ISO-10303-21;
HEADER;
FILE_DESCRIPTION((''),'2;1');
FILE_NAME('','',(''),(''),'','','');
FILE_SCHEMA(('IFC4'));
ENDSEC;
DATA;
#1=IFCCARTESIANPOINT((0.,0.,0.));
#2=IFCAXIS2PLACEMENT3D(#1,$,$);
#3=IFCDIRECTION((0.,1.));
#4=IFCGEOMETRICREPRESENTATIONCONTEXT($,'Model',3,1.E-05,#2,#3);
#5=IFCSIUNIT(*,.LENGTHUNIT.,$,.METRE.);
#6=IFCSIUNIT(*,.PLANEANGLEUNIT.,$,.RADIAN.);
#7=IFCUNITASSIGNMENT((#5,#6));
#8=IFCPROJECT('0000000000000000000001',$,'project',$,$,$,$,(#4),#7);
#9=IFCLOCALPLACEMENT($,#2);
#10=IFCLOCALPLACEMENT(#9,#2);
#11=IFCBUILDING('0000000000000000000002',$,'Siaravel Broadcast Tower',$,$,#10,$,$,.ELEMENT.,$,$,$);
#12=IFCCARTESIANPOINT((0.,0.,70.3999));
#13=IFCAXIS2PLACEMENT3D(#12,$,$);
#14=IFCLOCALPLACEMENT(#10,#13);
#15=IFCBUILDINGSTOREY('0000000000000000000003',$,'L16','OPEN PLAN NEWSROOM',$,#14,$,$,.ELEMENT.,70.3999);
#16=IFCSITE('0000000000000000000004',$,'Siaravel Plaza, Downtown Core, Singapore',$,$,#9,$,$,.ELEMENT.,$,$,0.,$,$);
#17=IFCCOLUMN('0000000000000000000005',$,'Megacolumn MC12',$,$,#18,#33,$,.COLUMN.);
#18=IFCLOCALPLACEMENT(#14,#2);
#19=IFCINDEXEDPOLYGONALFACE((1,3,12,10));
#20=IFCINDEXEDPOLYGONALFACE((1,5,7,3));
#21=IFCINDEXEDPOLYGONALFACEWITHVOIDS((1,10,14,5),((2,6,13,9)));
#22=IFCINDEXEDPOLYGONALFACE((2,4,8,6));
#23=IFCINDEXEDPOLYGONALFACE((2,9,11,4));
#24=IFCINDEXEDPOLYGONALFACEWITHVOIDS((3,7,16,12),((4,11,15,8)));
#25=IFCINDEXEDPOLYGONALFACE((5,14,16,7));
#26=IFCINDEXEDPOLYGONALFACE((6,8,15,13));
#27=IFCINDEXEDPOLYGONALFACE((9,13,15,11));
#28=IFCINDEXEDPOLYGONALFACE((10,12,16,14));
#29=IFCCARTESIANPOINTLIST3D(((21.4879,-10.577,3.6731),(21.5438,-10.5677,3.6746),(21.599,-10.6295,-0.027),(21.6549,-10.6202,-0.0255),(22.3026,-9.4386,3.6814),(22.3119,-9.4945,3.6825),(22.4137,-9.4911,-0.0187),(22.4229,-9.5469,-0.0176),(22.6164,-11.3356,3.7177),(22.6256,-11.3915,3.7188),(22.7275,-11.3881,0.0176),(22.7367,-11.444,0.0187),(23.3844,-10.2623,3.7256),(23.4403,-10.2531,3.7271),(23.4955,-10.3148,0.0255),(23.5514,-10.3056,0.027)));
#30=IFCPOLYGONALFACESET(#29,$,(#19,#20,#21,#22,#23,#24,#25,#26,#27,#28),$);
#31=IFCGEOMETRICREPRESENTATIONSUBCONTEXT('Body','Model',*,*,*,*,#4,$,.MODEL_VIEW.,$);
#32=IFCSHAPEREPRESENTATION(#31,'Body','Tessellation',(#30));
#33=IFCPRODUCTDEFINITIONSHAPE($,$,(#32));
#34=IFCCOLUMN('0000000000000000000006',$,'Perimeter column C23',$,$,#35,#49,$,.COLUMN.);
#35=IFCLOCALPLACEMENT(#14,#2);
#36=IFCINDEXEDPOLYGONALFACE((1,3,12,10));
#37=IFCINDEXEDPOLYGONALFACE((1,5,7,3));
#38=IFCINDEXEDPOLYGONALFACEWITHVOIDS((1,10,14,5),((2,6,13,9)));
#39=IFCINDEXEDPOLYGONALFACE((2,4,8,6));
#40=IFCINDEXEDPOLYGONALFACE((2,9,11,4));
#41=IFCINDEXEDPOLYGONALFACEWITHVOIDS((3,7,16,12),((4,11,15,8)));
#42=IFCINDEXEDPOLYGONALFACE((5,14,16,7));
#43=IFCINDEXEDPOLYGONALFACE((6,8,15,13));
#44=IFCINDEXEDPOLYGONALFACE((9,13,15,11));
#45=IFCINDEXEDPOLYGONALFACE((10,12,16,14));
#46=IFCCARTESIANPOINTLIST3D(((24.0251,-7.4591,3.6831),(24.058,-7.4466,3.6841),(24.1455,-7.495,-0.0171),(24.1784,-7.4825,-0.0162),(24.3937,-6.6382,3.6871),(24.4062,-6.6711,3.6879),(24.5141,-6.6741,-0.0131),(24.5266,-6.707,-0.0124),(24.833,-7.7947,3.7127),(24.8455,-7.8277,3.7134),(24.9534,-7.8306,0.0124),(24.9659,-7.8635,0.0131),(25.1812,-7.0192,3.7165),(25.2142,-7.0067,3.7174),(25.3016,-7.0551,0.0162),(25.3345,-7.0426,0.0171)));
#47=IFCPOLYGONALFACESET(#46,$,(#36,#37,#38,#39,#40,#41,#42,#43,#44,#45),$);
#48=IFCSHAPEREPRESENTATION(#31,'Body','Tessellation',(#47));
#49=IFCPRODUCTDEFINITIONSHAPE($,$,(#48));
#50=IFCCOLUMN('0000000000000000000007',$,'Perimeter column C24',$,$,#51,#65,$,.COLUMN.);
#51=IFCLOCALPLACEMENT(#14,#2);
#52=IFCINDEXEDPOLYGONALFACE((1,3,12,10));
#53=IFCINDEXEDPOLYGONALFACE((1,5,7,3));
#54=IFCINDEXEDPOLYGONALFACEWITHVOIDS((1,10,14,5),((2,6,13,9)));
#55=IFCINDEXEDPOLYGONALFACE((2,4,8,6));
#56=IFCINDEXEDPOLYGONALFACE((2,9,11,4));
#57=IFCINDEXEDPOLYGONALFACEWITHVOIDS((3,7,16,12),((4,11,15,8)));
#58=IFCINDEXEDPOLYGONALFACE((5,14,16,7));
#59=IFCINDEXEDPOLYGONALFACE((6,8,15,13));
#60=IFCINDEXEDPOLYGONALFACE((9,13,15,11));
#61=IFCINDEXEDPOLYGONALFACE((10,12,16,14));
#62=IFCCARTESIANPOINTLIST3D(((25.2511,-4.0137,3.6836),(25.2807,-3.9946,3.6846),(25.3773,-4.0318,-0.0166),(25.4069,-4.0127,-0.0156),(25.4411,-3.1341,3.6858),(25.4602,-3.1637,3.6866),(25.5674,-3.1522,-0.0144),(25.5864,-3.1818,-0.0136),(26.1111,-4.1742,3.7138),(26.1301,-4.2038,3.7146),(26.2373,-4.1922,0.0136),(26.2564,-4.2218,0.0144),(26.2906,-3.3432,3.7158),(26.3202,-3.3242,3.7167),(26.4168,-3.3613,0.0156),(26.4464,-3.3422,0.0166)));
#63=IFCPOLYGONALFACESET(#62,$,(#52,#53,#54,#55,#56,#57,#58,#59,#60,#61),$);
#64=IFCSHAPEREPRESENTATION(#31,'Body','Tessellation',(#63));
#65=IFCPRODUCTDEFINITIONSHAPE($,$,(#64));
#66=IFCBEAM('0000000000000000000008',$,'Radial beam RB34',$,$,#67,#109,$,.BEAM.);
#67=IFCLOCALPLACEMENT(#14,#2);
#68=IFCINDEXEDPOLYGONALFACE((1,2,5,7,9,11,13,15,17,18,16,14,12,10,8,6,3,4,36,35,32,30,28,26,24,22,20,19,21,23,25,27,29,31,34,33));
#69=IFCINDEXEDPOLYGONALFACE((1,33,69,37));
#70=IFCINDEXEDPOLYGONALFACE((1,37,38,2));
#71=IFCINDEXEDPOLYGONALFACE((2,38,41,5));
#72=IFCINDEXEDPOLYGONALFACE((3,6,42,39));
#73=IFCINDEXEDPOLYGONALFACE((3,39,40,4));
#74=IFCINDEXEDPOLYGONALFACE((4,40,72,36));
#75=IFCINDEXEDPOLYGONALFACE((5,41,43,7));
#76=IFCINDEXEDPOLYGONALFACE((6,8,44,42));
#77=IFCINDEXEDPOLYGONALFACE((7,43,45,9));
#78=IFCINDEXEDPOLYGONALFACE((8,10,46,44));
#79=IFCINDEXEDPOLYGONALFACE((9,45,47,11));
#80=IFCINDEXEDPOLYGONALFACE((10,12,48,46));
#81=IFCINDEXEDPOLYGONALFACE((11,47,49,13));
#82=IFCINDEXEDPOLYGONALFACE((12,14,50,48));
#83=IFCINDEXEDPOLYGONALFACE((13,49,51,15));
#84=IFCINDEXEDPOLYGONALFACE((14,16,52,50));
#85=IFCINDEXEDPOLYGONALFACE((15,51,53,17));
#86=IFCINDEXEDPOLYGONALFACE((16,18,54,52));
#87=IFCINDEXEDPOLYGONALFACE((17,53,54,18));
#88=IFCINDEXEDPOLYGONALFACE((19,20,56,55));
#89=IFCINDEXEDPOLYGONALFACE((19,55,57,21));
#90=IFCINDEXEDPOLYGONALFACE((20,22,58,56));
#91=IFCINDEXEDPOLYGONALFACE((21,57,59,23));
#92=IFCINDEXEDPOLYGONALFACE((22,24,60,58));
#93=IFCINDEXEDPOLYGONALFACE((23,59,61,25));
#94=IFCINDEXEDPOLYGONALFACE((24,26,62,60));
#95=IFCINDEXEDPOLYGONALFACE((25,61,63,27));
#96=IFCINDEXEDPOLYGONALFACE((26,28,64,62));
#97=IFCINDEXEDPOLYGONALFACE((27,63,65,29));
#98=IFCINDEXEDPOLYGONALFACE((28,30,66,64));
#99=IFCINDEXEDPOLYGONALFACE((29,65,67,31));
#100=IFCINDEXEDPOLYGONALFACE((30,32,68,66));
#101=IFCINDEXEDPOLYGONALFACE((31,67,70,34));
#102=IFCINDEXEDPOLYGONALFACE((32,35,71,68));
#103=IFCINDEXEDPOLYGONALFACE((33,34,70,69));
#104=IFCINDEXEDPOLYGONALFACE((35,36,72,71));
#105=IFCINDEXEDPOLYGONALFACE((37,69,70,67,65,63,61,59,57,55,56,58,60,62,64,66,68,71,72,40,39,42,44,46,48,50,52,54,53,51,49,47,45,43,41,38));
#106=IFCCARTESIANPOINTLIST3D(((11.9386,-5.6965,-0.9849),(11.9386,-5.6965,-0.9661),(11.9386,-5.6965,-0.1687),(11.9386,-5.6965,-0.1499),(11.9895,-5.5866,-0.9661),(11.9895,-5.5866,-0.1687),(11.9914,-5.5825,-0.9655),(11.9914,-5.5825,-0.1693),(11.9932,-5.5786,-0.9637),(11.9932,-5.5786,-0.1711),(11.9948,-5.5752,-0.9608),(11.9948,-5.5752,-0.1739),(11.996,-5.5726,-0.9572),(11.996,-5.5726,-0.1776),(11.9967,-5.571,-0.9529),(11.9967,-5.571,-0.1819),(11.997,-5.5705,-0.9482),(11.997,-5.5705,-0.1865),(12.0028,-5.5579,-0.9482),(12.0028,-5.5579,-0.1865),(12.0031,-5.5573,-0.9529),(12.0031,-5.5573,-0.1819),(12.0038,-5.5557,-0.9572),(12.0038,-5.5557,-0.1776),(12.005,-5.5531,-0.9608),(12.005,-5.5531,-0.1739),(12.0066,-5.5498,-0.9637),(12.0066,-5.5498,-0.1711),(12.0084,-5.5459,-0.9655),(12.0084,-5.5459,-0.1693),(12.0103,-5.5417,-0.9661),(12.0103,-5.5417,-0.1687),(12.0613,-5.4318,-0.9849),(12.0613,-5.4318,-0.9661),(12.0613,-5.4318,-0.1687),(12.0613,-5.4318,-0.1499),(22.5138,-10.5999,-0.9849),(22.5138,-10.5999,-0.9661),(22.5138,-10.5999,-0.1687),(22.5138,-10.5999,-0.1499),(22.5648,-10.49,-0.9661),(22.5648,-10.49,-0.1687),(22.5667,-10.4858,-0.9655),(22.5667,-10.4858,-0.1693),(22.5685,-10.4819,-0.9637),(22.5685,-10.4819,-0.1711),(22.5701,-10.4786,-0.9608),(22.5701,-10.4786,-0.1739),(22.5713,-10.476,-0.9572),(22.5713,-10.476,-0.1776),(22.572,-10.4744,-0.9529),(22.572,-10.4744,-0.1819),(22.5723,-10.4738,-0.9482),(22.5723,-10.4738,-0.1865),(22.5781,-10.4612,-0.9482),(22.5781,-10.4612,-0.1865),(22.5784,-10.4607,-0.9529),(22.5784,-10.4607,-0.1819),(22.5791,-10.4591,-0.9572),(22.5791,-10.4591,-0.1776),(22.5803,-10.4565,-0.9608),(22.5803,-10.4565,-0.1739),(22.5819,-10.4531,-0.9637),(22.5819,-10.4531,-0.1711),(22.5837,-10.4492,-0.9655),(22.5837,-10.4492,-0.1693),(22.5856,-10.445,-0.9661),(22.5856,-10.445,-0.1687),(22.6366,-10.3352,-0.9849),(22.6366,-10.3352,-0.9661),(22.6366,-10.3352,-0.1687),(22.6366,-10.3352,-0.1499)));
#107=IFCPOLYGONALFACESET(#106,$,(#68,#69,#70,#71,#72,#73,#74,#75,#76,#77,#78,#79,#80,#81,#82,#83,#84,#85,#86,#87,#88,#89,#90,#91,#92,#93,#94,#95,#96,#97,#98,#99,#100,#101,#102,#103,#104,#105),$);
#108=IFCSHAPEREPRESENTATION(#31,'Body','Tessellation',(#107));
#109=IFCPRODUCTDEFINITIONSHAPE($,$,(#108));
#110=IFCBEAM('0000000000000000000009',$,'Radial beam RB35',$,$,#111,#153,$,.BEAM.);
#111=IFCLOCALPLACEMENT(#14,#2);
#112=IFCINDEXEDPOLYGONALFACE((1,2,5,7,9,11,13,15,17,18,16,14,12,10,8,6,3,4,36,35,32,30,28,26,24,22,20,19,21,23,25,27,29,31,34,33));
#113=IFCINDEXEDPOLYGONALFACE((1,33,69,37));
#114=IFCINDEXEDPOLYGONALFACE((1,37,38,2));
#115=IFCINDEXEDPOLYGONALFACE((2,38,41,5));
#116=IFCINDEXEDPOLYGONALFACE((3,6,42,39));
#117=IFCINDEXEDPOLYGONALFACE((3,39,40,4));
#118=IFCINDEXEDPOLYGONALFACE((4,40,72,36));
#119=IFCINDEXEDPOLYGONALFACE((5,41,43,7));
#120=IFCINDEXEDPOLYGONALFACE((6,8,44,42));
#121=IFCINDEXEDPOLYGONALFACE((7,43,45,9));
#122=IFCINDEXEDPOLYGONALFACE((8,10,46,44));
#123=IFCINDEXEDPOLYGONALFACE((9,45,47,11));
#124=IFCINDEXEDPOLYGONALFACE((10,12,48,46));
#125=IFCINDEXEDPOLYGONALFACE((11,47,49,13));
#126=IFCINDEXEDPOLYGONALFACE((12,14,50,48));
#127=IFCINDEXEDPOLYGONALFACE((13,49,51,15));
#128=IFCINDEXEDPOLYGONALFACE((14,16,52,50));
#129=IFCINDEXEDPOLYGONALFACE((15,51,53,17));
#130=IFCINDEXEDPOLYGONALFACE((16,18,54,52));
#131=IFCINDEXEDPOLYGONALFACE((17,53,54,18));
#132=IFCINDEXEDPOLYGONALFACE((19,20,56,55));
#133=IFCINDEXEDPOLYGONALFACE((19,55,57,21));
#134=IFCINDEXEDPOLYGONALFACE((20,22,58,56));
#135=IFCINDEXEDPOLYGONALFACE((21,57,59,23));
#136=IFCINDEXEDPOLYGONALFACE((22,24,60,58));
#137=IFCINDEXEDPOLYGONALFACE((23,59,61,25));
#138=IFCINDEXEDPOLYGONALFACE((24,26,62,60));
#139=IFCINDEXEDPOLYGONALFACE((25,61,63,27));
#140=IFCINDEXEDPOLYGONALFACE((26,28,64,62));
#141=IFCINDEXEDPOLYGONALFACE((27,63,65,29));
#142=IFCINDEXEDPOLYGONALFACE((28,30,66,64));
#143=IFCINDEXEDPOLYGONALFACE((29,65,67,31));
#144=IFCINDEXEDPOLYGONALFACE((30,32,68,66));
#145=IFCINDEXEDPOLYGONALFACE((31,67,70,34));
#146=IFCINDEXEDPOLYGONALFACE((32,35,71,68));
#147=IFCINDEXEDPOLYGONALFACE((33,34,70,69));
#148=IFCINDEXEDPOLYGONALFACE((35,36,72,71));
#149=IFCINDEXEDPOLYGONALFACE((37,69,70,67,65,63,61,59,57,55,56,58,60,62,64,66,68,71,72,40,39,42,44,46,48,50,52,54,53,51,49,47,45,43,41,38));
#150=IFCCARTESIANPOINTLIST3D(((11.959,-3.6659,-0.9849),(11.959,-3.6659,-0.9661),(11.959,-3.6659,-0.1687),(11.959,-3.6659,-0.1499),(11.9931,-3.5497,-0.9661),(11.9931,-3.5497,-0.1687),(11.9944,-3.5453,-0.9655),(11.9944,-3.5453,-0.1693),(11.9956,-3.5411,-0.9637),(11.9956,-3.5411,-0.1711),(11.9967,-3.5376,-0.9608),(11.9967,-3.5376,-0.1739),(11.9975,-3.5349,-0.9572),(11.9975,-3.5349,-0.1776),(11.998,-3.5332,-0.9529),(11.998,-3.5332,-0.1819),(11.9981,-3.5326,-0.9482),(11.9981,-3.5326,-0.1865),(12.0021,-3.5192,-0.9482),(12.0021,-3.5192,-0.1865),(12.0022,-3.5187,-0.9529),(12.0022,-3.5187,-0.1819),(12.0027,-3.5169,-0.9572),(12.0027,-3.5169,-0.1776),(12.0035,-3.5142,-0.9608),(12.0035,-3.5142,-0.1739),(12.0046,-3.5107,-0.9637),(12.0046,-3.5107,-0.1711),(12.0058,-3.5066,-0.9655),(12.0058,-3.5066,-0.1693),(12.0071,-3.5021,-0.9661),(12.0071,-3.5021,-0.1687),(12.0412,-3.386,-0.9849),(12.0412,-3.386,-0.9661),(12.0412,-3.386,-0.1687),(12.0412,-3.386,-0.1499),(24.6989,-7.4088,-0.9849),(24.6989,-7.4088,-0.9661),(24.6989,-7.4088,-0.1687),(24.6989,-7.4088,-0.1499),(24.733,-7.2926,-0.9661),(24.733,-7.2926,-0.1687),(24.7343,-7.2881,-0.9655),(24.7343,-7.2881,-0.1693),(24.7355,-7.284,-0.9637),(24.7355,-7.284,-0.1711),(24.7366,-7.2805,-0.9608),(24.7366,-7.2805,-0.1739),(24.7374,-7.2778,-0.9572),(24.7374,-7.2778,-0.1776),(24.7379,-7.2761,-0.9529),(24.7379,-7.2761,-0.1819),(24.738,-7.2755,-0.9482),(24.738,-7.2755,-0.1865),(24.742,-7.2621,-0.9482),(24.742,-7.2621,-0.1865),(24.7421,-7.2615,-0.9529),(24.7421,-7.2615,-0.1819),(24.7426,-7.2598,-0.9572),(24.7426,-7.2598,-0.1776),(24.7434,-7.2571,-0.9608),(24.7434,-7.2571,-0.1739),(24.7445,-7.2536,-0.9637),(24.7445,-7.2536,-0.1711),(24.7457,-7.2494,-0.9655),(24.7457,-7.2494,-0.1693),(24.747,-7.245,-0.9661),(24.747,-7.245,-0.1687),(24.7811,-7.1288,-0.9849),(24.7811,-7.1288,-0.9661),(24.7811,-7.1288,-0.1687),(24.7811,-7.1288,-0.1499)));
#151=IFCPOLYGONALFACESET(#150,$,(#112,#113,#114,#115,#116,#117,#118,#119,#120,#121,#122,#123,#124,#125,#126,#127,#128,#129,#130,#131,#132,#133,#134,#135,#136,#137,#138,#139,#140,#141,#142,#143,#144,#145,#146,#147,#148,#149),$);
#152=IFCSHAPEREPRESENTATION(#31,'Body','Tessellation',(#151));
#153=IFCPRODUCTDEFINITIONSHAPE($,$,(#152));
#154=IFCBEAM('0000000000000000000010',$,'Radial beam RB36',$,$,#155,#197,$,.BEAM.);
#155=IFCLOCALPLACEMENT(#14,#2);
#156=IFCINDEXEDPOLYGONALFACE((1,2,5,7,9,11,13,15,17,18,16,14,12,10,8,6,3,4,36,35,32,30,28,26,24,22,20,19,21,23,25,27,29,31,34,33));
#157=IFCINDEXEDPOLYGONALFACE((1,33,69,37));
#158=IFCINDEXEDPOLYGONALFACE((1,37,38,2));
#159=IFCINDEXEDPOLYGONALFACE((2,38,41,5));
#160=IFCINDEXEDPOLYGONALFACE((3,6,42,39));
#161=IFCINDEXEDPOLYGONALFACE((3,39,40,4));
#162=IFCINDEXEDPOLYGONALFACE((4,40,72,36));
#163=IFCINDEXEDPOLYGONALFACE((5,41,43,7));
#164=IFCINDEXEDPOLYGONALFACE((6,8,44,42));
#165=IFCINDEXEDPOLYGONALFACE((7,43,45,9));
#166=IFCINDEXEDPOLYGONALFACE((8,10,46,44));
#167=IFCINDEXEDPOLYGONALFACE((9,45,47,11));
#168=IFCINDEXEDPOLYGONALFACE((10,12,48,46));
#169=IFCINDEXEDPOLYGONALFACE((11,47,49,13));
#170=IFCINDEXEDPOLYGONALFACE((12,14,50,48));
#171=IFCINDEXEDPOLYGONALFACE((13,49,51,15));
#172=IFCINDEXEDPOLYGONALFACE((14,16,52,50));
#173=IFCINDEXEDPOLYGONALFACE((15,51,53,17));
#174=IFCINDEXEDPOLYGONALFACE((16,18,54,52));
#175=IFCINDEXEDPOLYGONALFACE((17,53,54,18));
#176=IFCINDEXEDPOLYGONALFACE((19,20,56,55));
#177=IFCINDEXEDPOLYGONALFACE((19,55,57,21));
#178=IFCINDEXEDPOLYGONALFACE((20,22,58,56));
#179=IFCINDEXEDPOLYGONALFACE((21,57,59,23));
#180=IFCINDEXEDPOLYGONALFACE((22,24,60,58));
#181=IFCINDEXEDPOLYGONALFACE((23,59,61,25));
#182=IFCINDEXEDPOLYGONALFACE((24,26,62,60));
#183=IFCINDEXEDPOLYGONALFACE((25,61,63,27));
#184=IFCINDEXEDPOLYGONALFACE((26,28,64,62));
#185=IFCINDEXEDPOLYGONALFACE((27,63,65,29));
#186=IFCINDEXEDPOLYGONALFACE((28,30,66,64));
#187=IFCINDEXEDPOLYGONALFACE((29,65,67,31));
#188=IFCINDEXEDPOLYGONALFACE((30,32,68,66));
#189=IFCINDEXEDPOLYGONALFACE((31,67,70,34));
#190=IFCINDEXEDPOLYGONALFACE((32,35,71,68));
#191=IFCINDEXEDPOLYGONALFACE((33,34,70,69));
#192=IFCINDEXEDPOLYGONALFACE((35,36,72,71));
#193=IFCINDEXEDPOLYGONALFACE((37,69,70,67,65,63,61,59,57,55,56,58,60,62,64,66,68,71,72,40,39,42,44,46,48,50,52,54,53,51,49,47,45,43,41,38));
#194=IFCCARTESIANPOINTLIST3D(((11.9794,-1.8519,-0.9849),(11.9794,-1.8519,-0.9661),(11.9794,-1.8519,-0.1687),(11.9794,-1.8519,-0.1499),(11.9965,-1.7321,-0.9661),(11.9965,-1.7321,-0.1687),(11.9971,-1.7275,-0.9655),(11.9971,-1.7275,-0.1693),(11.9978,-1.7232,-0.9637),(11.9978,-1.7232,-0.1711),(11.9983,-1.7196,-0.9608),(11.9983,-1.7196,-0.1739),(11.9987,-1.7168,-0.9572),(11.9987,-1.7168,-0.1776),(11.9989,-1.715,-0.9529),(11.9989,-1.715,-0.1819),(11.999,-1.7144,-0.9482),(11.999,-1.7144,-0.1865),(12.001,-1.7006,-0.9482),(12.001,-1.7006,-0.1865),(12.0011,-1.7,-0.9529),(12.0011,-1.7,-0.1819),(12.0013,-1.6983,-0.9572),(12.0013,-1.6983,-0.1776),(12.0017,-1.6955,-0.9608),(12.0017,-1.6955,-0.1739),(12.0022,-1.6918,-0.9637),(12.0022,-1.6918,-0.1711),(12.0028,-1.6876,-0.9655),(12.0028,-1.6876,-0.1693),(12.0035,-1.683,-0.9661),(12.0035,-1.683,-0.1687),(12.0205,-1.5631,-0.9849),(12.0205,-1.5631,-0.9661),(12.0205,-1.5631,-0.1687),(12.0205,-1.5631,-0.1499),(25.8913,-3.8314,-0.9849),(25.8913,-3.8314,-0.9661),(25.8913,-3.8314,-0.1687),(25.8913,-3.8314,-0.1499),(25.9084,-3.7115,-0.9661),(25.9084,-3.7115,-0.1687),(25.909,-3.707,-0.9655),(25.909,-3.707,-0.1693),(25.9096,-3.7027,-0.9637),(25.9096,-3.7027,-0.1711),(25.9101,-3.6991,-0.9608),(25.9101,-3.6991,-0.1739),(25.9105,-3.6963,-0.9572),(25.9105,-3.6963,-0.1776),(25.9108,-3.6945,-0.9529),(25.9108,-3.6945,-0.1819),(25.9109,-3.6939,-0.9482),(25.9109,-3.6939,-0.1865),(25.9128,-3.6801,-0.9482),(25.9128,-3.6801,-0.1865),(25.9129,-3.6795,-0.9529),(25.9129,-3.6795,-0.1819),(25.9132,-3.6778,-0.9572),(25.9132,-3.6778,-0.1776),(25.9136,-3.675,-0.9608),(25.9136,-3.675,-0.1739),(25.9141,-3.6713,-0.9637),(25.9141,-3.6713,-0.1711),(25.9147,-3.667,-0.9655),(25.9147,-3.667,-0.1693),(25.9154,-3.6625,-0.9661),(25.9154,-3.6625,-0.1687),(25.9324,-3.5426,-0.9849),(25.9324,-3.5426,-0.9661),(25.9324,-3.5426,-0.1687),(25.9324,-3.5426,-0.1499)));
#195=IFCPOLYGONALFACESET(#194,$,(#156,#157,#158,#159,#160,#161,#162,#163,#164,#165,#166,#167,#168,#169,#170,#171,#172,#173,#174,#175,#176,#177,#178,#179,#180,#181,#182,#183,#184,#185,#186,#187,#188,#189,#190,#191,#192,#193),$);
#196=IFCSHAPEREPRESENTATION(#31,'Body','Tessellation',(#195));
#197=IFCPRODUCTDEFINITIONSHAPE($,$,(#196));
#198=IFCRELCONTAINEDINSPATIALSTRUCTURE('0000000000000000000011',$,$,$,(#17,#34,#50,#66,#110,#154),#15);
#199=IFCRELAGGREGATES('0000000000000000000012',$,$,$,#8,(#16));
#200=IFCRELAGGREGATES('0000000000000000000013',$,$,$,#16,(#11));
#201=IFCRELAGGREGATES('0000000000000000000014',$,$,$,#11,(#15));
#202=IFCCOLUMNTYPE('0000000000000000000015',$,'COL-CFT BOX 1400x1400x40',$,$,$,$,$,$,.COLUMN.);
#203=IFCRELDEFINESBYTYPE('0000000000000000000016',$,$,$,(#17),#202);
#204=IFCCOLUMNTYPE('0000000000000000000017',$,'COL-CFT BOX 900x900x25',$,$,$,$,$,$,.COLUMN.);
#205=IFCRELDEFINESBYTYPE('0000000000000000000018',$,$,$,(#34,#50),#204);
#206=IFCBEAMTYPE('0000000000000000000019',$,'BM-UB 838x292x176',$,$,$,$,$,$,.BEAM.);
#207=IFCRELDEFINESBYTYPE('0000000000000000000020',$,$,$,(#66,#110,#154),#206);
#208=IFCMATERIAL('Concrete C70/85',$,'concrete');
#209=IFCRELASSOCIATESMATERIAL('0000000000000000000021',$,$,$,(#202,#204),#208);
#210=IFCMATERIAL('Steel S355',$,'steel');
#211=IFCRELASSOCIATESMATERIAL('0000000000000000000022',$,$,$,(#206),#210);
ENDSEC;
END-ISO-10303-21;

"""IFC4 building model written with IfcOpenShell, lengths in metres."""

from ifc_helpers import new_model, si_unit, direction, frame, origin, origin_2d, place, context, subcontext, project, spatial, hollow_rectangle, i_section, extrude, material, material_profile, profile_set, type_object, element, save


model = new_model("IFC4")

# Units and contexts
model_context = context("Model", 3, precision=1e-05, world=origin(), true_north=direction((0.0, 1.0)))
body_context = subcontext(model_context, "Body", "Model", "MODEL_VIEW")
ifc_project = project(units=[si_unit("LENGTHUNIT", "METRE"), si_unit("PLANEANGLEUNIT", "RADIAN")], contexts=[model_context])

# Site, building, storey
site_placement = place(None, origin())
site = spatial("IfcSite", under=ifc_project, at=site_placement, Name="Siaravel Plaza, Downtown Core, Singapore", CompositionType="ELEMENT", RefElevation=0.0)
building_placement = place(site_placement, origin())
building = spatial("IfcBuilding", under=site, at=building_placement, Name="Siaravel Broadcast Tower", CompositionType="ELEMENT")
storey_placement = place(building_placement, frame((0.0, 0.0, 70.3999)))
storey = spatial("IfcBuildingStorey", under=building, at=storey_placement, Name="L16", Description="OPEN PLAN NEWSROOM", CompositionType="ELEMENT", Elevation=70.3999)

# Columns
ifc_material_1 = material(Name="Concrete C70/85", Category="concrete")
ifc_material_profile_1 = material_profile(ifc_material_1, hollow_rectangle(XDim=1.3999, YDim=1.3999, WallThickness=0.04, at=origin_2d()))
ifc_profile_set_1 = profile_set([ifc_material_profile_1], Name="Concrete C70/85")
column_type_1 = type_object("IfcColumnType", Name="COL-CFT BOX 1400x1400x40", PredefinedType="COLUMN", material=ifc_profile_set_1)
column_placement = place(storey_placement, frame((22.5752, -10.4675, 0.0), z_axis=(-0.030005, 0.014178, 0.999449), x_axis=(-0.581949, -0.813204, -0.005935)))
element("IfcColumn", 1, at=column_placement, inside=storey, type_object=column_type_1, Name="Megacolumn MC12", PredefinedType="COLUMN", context=body_context, shape_type="SweptSolid", body=[
    extrude(hollow_rectangle(XDim=1.3999, YDim=1.3999, WallThickness=0.04, at=origin_2d()), origin(), (0.0, 0.0, 1.0), 3.7021),
])
ifc_material_profile_2 = material_profile(ifc_material_1, hollow_rectangle(XDim=0.8999, YDim=0.8999, WallThickness=0.0249, at=origin_2d()))
ifc_profile_set_2 = profile_set([ifc_material_profile_2], Name="Concrete C70/85")
column_type_2 = type_object("IfcColumnType", Name="COL-CFT BOX 900x900x25", PredefinedType="COLUMN", material=ifc_profile_set_2)
for number, where, z_axis, x_axis, name in (
    (2, (24.74, -7.2688, 0.0), (-0.03251, 0.009694, 0.999424), (-0.409647, -0.912233, -0.004477), "Perimeter column C23"),
    (3, (25.9119, -3.687, 0.0), (-0.034092, 0.00488, 0.999407), (-0.211209, -0.977438, -0.002432), "Perimeter column C24"),
):
    element("IfcColumn", number, at=place(storey_placement, frame(where, z_axis=z_axis, x_axis=x_axis)), inside=storey, type_object=column_type_2, Name=name, PredefinedType="COLUMN", context=body_context, shape_type="SweptSolid", body=[
        extrude(hollow_rectangle(XDim=0.8999, YDim=0.8999, WallThickness=0.0249, at=origin_2d()), origin(), (0.0, 0.0, 1.0), 3.7024),
    ])

# Beams
ifc_material_2 = material(Name="Steel S355", Category="steel")
ifc_material_profile_3 = material_profile(ifc_material_2, i_section(OverallWidth=0.2917, OverallDepth=0.835, WebThickness=0.0139, FlangeThickness=0.0188, FilletRadius=0.0178, at=origin_2d()))
ifc_profile_set_3 = profile_set([ifc_material_profile_3], Name="Steel S355")
beam_type = type_object("IfcBeamType", Name="BM-UB 838x292x176", PredefinedType="BEAM", material=ifc_profile_set_3)
beam_1_placement = place(storey_placement, frame((22.5752, -10.4675, -0.5674), z_axis=(-0.907225, 0.420646, 0.0), x_axis=(-0.420646, -0.907225, 0.0)))
element("IfcBeam", 4, at=beam_1_placement, inside=storey, type_object=beam_type, Name="Radial beam RB34", PredefinedType="BEAM", context=body_context, shape_type="SweptSolid", body=[
    extrude(i_section(OverallWidth=0.2917, OverallDepth=0.835, WebThickness=0.0139, FlangeThickness=0.0188, FilletRadius=0.0178, at=origin_2d()), origin(), (0.0, 0.0, 1.0), 11.6567),
])
beam_2_placement = place(storey_placement, frame((24.74, -7.2688, -0.5674), z_axis=(-0.95945, 0.28188, 0.0), x_axis=(-0.28188, -0.95945, 0.0)))
element("IfcBeam", 5, at=beam_2_placement, inside=storey, type_object=beam_type, Name="Radial beam RB35", PredefinedType="BEAM", context=body_context, shape_type="SweptSolid", body=[
    extrude(i_section(OverallWidth=0.2917, OverallDepth=0.835, WebThickness=0.0139, FlangeThickness=0.0188, FilletRadius=0.0178, at=origin_2d()), origin(), (0.0, 0.0, 1.0), 13.2783),
])
beam_3_placement = place(storey_placement, frame((25.9119, -3.687, -0.5674), z_axis=(-0.990028, 0.140869, 0.0), x_axis=(-0.140869, -0.990028, 0.0)))
element("IfcBeam", 6, at=beam_3_placement, inside=storey, type_object=beam_type, Name="Radial beam RB36", PredefinedType="BEAM", context=body_context, shape_type="SweptSolid", body=[
    extrude(i_section(OverallWidth=0.2917, OverallDepth=0.835, WebThickness=0.0139, FlangeThickness=0.0188, FilletRadius=0.0178, at=origin_2d()), origin(), (0.0, 0.0, 1.0), 14.052),
])

save(model, "model.ifc")
